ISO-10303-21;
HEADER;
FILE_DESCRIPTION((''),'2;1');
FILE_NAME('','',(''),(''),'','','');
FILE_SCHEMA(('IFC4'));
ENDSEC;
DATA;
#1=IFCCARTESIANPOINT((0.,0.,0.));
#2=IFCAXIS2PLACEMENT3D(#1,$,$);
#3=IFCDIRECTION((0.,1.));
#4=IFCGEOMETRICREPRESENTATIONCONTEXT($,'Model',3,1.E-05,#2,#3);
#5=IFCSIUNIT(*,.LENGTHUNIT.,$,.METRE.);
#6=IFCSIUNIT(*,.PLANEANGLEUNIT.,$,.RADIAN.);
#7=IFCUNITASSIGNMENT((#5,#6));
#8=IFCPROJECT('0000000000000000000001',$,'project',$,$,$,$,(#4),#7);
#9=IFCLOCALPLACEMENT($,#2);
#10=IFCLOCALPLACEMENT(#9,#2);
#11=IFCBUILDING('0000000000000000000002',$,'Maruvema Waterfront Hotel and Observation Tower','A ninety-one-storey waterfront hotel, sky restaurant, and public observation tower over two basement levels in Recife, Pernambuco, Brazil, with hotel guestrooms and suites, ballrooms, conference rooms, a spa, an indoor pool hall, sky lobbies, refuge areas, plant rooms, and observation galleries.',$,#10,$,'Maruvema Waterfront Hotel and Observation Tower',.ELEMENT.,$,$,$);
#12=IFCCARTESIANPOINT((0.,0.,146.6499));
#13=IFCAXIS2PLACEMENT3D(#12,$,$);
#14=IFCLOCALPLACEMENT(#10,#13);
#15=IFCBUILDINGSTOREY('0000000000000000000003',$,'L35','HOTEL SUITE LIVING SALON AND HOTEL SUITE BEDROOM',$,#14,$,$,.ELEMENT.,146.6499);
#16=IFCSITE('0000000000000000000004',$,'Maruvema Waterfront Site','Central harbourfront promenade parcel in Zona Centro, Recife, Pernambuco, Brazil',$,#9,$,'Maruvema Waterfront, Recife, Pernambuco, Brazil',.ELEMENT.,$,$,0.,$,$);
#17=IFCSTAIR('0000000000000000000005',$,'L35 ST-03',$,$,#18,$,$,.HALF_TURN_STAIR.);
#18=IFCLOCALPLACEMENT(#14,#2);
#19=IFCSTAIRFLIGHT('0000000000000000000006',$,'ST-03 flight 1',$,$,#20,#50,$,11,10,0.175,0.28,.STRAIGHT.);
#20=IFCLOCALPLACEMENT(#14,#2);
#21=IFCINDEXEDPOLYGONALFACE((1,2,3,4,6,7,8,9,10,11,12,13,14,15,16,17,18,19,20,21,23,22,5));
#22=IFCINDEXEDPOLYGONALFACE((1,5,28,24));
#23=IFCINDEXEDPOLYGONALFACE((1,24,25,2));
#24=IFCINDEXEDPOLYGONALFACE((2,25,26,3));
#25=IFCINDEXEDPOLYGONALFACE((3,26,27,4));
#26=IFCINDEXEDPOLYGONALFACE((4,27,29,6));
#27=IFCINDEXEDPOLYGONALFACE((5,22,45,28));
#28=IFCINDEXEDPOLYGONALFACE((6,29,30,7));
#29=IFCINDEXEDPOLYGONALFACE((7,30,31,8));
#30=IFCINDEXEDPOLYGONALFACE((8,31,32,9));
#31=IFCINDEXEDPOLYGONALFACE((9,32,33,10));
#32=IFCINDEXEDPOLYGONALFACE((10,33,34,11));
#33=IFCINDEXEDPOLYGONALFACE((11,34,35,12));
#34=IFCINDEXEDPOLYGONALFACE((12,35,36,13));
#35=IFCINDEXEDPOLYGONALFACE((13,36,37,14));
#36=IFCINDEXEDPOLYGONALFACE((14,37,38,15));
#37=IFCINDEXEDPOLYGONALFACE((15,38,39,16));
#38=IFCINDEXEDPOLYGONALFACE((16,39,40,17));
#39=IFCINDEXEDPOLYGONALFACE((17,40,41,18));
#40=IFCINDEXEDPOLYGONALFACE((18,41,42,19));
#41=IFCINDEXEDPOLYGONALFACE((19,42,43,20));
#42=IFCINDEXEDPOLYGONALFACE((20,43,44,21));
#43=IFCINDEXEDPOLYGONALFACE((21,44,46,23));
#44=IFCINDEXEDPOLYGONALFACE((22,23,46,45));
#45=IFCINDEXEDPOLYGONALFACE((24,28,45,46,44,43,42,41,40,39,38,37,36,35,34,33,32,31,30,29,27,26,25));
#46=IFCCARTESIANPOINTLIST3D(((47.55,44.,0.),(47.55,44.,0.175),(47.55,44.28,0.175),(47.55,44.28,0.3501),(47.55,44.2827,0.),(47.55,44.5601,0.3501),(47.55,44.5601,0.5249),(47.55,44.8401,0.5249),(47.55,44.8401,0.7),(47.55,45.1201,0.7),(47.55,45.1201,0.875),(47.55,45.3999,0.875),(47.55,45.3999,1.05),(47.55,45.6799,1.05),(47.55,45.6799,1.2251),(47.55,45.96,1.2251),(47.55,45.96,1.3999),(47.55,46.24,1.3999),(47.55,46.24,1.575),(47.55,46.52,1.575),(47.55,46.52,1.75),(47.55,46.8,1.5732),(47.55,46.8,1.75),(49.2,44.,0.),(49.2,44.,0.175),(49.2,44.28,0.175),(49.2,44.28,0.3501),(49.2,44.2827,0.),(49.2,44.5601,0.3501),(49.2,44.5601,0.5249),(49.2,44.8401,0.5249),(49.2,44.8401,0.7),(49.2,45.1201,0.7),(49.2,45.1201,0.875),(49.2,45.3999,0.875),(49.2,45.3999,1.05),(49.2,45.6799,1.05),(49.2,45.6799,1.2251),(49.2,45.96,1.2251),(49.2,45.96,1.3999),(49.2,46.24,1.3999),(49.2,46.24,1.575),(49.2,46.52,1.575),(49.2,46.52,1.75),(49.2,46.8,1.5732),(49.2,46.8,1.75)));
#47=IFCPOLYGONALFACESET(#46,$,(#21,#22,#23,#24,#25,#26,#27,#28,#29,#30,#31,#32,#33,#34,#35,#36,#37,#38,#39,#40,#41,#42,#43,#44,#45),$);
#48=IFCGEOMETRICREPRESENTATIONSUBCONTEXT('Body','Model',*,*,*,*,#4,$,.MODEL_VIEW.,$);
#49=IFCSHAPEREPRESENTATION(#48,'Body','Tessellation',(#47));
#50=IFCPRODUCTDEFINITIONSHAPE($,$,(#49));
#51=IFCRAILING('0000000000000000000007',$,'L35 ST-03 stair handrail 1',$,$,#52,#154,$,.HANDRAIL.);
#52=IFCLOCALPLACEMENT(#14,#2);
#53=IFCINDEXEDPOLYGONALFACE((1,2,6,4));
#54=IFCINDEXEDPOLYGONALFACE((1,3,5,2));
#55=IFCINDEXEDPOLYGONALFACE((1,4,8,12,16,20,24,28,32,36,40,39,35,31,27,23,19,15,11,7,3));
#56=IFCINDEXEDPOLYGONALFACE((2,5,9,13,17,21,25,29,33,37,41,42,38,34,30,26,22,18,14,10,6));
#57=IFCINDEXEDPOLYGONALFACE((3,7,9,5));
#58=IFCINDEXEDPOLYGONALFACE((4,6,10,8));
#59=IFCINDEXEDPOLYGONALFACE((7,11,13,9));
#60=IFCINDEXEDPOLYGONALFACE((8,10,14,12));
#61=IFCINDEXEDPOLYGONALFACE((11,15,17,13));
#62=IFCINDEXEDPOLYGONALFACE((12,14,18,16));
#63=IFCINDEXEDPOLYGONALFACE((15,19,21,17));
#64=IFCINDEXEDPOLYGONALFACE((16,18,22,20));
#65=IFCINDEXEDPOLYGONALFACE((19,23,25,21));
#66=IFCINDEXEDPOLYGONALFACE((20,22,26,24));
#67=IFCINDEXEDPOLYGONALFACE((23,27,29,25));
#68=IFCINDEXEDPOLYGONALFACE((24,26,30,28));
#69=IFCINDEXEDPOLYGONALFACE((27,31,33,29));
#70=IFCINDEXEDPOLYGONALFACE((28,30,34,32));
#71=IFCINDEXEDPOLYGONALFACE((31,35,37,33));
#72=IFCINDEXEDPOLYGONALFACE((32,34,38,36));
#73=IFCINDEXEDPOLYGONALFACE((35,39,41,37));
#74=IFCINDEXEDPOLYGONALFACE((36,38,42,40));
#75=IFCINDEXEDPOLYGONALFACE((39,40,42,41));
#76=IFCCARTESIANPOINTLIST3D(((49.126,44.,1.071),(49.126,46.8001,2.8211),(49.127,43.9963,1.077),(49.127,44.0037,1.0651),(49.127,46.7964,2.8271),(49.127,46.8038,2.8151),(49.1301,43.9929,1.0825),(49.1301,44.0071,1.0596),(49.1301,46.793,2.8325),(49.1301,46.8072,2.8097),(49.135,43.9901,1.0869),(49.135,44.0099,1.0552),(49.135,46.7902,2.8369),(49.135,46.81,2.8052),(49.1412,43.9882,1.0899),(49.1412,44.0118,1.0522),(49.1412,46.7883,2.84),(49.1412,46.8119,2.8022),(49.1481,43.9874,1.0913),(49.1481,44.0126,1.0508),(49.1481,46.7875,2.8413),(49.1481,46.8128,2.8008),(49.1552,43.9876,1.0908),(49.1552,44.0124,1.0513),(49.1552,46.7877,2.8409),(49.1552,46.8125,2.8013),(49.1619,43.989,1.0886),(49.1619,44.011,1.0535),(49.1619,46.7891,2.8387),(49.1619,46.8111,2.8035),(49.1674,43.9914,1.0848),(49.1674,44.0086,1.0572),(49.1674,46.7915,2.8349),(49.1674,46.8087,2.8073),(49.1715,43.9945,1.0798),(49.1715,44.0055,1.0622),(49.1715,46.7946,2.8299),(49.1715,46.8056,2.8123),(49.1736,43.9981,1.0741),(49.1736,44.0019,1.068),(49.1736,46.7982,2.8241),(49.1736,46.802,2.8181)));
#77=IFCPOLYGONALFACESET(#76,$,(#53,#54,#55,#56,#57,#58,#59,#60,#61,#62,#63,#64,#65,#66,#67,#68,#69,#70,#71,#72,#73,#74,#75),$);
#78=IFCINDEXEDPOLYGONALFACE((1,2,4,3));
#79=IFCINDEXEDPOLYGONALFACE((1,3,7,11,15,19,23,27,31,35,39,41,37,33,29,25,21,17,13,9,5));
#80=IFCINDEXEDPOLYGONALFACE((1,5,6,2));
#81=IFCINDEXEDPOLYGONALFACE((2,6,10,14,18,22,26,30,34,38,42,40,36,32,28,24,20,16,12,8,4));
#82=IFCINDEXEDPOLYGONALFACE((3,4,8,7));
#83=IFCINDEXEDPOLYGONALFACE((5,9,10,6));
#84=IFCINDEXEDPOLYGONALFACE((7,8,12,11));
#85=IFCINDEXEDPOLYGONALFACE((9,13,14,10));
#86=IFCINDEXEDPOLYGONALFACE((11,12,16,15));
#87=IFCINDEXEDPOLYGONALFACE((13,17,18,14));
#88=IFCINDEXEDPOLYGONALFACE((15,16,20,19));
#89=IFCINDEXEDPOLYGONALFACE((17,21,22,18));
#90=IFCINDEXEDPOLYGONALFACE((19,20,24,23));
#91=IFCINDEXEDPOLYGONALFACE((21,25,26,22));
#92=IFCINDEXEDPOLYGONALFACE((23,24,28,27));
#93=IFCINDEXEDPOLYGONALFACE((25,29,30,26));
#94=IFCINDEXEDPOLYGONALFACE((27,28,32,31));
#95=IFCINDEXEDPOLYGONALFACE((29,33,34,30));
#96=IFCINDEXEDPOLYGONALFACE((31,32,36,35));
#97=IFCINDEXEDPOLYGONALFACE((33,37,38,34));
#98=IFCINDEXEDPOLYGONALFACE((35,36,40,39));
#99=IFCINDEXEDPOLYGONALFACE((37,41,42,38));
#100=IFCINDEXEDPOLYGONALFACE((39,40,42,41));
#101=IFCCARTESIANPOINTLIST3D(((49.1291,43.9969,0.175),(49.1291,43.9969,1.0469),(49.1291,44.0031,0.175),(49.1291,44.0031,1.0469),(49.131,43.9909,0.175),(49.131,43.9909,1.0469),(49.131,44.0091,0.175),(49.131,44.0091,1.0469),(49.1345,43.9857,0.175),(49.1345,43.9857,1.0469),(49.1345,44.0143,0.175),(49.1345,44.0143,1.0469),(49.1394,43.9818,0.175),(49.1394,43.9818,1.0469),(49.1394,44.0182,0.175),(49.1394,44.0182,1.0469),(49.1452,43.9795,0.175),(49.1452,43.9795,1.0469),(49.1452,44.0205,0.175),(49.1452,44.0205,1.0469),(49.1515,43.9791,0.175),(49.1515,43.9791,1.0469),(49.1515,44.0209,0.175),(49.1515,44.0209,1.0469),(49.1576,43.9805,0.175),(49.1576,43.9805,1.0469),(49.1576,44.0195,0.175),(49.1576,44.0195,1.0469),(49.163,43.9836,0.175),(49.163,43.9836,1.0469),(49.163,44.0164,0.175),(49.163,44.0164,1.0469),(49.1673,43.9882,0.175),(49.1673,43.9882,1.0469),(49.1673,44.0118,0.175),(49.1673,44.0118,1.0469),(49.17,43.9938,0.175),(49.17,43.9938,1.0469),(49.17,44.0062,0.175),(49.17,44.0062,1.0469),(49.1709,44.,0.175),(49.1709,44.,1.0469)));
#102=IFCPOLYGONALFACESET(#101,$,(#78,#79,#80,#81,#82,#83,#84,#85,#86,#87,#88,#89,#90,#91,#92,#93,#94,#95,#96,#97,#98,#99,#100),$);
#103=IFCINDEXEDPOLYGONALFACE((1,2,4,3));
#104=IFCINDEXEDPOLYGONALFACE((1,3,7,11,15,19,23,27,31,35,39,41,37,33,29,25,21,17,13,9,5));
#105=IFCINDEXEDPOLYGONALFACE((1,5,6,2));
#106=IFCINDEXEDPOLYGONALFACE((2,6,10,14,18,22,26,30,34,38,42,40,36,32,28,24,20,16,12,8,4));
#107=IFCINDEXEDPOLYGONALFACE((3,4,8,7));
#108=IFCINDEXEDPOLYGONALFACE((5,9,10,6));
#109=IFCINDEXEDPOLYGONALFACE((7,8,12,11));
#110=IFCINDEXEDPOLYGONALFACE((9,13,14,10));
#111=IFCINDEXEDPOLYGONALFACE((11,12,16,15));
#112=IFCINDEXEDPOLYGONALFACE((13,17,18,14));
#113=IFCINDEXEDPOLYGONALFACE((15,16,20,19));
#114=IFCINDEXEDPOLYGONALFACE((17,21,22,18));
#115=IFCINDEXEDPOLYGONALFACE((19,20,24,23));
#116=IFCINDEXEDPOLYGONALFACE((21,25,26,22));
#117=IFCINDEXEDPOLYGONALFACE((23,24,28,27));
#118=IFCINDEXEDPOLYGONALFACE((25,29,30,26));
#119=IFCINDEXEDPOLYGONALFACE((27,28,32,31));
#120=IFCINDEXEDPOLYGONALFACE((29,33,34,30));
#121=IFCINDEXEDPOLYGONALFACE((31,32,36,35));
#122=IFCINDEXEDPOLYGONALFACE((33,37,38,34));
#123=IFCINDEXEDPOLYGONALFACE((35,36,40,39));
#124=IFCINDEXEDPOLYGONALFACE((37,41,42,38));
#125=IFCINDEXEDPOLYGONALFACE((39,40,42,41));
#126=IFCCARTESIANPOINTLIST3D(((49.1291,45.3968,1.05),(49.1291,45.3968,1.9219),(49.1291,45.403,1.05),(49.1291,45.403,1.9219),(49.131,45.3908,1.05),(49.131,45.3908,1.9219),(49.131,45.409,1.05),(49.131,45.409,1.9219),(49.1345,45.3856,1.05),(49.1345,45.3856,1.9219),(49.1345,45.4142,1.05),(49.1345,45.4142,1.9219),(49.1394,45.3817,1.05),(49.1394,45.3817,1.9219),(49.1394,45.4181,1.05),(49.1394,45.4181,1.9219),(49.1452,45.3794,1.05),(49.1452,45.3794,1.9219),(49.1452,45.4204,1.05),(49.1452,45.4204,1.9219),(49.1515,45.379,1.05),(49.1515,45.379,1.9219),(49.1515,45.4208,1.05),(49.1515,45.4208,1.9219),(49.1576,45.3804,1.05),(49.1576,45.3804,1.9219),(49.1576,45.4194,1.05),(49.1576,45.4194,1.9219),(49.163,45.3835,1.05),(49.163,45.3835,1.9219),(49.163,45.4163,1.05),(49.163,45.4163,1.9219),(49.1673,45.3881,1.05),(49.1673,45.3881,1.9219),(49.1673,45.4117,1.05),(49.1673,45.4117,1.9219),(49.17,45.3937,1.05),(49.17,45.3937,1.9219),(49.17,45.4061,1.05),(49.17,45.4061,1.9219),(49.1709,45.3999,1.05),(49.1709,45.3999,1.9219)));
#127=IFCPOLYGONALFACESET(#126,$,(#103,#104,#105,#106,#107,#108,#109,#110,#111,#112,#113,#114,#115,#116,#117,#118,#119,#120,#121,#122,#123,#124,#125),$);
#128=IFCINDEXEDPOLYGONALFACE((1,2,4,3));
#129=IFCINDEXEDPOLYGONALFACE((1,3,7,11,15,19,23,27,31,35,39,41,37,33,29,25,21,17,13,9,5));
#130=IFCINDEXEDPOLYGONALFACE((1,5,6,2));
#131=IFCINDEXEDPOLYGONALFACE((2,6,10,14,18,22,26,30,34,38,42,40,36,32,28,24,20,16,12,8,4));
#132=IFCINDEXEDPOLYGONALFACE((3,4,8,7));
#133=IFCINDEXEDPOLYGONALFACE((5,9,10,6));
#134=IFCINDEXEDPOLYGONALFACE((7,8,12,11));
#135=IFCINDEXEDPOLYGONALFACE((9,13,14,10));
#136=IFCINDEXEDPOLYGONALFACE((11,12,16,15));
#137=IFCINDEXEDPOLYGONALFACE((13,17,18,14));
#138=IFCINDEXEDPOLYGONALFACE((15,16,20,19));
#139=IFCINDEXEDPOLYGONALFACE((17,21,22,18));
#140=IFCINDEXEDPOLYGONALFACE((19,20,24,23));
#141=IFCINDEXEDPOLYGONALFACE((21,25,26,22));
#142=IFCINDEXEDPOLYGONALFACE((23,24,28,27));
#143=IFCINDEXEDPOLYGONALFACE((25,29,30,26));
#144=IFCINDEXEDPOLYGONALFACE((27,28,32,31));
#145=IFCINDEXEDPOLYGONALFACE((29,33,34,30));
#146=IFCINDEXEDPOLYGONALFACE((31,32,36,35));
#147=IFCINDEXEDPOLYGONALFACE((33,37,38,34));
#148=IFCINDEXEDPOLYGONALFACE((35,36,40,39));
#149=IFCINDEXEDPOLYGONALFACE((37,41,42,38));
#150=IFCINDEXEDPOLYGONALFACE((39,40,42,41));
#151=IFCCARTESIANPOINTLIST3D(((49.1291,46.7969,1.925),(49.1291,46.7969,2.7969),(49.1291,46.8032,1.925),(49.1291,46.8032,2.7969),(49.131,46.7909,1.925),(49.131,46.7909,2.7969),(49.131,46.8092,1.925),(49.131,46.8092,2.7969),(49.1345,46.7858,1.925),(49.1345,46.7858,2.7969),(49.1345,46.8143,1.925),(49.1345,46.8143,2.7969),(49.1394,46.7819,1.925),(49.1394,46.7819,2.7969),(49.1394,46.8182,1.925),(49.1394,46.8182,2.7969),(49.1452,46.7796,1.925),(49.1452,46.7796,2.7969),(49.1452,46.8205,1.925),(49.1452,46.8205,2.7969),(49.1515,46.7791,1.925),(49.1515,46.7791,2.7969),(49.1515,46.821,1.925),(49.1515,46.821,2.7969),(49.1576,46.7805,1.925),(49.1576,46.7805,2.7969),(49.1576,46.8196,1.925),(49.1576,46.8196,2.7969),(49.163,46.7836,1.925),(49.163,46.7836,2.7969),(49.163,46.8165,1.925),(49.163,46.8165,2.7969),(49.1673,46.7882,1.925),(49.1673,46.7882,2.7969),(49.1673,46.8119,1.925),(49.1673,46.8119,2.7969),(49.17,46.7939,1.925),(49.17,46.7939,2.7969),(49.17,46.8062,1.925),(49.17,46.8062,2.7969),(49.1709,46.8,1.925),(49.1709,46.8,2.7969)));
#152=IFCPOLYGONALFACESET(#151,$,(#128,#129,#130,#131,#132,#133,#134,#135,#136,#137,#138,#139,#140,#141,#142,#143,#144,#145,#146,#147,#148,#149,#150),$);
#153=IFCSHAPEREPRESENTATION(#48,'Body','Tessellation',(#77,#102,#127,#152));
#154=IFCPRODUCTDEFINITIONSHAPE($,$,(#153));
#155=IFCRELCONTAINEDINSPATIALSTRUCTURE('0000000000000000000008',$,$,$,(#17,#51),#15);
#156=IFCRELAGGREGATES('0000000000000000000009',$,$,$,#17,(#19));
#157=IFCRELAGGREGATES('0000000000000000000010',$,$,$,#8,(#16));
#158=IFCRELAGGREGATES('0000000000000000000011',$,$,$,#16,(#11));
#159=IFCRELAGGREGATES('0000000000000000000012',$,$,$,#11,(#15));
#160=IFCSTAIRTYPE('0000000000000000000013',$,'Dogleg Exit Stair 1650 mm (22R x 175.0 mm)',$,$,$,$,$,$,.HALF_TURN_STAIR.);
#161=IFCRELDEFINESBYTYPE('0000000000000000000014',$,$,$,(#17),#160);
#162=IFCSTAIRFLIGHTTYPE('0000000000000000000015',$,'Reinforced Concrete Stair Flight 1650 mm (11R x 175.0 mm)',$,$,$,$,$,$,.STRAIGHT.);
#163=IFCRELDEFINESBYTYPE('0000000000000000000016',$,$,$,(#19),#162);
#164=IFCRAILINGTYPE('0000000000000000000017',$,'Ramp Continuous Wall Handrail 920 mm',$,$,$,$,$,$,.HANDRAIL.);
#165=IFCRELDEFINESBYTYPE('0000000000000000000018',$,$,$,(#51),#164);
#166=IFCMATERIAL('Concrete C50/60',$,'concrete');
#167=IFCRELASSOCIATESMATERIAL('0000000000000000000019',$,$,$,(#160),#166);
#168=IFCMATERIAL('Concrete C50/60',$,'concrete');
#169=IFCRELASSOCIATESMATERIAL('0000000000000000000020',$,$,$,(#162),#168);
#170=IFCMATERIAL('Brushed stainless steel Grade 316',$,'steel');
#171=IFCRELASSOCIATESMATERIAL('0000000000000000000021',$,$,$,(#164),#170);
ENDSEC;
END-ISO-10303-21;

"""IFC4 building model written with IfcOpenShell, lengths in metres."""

from ifc_helpers import new_model, si_unit, direction, frame, origin, origin_2d, place, context, subcontext, project, spatial, polyline, circle, outline, extrude, material, type_object, element, aggregate, save


model = new_model("IFC4")

# Units and contexts
model_context = context("Model", 3, precision=1e-05, world=origin(), true_north=direction((0.0, 1.0)))
body_context = subcontext(model_context, "Body", "Model", "MODEL_VIEW")
ifc_project = project(units=[si_unit("LENGTHUNIT", "METRE"), si_unit("PLANEANGLEUNIT", "RADIAN")], contexts=[model_context])

# Site, building, storey
site_placement = place(None, origin())
site = spatial("IfcSite", under=ifc_project, at=site_placement, Name="Maruvema Waterfront Site", Description="Central harbourfront promenade parcel in Zona Centro, Recife, Pernambuco, Brazil", LongName="Maruvema Waterfront, Recife, Pernambuco, Brazil", CompositionType="ELEMENT", RefElevation=0.0)
building_placement = place(site_placement, origin())
building = spatial("IfcBuilding", under=site, at=building_placement, Name="Maruvema Waterfront Hotel and Observation Tower", Description="A ninety-one-storey waterfront hotel, sky restaurant, and public observation tower over two basement levels in Recife, Pernambuco, Brazil, with hotel guestrooms and suites, ballrooms, conference rooms, a spa, an indoor pool hall, sky lobbies, refuge areas, plant rooms, and observation galleries.", LongName="Maruvema Waterfront Hotel and Observation Tower", CompositionType="ELEMENT")
storey_placement = place(building_placement, frame((0.0, 0.0, 146.6499)))
storey = spatial("IfcBuildingStorey", under=building, at=storey_placement, Name="L35", Description="HOTEL SUITE LIVING SALON AND HOTEL SUITE BEDROOM", CompositionType="ELEMENT", Elevation=146.6499)

# Stair, stair flight
ifc_material_1 = material(Name="Concrete C50/60", Category="concrete")
stair_type = type_object("IfcStairType", Name="Dogleg Exit Stair 1650 mm (22R x 175.0 mm)", PredefinedType="HALF_TURN_STAIR", material=ifc_material_1)
stair_placement = place(storey_placement, origin())
stair = element("IfcStair", 1, at=stair_placement, inside=storey, type_object=stair_type, Name="L35 ST-03", PredefinedType="HALF_TURN_STAIR")
ifc_material_2 = material(Name="Concrete C50/60", Category="concrete")
stair_flight_type = type_object("IfcStairFlightType", Name="Reinforced Concrete Stair Flight 1650 mm (11R x 175.0 mm)", PredefinedType="STRAIGHT", material=ifc_material_2)
stair_flight_placement = place(storey_placement, frame((48.375, 44.0, 0.0), z_axis=(0.0, 0.0, 1.0), x_axis=(0.0, 1.0, 0.0)))
stair_flight = element("IfcStairFlight", 2, at=stair_flight_placement, type_object=stair_flight_type, Name="ST-03 flight 1", NumberOfRisers=11, NumberOfTreads=10, PredefinedType="STRAIGHT", RiserHeight=0.175, TreadLength=0.28, context=body_context, shape_type="SweptSolid", body=[
    extrude(outline(polyline([(0.0, 0.0), (0.0, 0.175), (0.28, 0.175), (0.28, 0.3501), (0.5601, 0.3501), (0.5601, 0.5249), (0.8401, 0.5249), (0.8401, 0.7), (1.1201, 0.7), (1.1201, 0.875), (1.3999, 0.875), (1.3999, 1.05), (1.6799, 1.05), (1.6799, 1.2251), (1.96, 1.2251), (1.96, 1.3999), (2.24, 1.3999), (2.24, 1.575), (2.52, 1.575), (2.52, 1.75), (2.8, 1.75), (2.8, 1.925), (2.8, 1.5732), (0.2827, 0.0), (0.0, 0.0)])), frame((0.0, 0.825, 0.0), z_axis=(0.0, -1.0, 0.0), x_axis=(1.0, 0.0, 0.0)), (0.0, 0.0, 1.0), 1.6499),
])
aggregate(stair, [stair_flight])

# Railing
ifc_material_3 = material(Name="Brushed stainless steel Grade 316", Category="steel")
railing_type_1 = type_object("IfcRailingType", Name="Ramp Continuous Wall Handrail 920 mm", PredefinedType="HANDRAIL", material=ifc_material_3)
railing_1_placement = place(storey_placement, frame((49.1499, 44.0, 0.175)))
element("IfcRailing", 3, at=railing_1_placement, inside=storey, type_object=railing_type_1, Name="L35 ST-03 stair handrail 1", PredefinedType="HANDRAIL", context=body_context, shape_type="SweptSolid", body=[
    extrude(circle(Radius=0.0239, at=origin_2d()), frame((0.0, 0.0, 0.896), z_axis=(0.0, 0.848002, 0.529992), x_axis=(-1.0, 0.0, 0.0)), (0.0, 0.0, 1.0), 3.302),
    extrude(circle(Radius=0.021, at=origin_2d()), origin(), (0.0, 0.0, 1.0), 0.8718),
    extrude(circle(Radius=0.021, at=origin_2d()), frame((0.0, 1.3999, 0.875)), (0.0, 0.0, 1.0), 0.8718),
    extrude(circle(Radius=0.021, at=origin_2d()), frame((0.0, 2.8, 1.75)), (0.0, 0.0, 1.0), 0.8718),
])

save(model, "model.ifc")
